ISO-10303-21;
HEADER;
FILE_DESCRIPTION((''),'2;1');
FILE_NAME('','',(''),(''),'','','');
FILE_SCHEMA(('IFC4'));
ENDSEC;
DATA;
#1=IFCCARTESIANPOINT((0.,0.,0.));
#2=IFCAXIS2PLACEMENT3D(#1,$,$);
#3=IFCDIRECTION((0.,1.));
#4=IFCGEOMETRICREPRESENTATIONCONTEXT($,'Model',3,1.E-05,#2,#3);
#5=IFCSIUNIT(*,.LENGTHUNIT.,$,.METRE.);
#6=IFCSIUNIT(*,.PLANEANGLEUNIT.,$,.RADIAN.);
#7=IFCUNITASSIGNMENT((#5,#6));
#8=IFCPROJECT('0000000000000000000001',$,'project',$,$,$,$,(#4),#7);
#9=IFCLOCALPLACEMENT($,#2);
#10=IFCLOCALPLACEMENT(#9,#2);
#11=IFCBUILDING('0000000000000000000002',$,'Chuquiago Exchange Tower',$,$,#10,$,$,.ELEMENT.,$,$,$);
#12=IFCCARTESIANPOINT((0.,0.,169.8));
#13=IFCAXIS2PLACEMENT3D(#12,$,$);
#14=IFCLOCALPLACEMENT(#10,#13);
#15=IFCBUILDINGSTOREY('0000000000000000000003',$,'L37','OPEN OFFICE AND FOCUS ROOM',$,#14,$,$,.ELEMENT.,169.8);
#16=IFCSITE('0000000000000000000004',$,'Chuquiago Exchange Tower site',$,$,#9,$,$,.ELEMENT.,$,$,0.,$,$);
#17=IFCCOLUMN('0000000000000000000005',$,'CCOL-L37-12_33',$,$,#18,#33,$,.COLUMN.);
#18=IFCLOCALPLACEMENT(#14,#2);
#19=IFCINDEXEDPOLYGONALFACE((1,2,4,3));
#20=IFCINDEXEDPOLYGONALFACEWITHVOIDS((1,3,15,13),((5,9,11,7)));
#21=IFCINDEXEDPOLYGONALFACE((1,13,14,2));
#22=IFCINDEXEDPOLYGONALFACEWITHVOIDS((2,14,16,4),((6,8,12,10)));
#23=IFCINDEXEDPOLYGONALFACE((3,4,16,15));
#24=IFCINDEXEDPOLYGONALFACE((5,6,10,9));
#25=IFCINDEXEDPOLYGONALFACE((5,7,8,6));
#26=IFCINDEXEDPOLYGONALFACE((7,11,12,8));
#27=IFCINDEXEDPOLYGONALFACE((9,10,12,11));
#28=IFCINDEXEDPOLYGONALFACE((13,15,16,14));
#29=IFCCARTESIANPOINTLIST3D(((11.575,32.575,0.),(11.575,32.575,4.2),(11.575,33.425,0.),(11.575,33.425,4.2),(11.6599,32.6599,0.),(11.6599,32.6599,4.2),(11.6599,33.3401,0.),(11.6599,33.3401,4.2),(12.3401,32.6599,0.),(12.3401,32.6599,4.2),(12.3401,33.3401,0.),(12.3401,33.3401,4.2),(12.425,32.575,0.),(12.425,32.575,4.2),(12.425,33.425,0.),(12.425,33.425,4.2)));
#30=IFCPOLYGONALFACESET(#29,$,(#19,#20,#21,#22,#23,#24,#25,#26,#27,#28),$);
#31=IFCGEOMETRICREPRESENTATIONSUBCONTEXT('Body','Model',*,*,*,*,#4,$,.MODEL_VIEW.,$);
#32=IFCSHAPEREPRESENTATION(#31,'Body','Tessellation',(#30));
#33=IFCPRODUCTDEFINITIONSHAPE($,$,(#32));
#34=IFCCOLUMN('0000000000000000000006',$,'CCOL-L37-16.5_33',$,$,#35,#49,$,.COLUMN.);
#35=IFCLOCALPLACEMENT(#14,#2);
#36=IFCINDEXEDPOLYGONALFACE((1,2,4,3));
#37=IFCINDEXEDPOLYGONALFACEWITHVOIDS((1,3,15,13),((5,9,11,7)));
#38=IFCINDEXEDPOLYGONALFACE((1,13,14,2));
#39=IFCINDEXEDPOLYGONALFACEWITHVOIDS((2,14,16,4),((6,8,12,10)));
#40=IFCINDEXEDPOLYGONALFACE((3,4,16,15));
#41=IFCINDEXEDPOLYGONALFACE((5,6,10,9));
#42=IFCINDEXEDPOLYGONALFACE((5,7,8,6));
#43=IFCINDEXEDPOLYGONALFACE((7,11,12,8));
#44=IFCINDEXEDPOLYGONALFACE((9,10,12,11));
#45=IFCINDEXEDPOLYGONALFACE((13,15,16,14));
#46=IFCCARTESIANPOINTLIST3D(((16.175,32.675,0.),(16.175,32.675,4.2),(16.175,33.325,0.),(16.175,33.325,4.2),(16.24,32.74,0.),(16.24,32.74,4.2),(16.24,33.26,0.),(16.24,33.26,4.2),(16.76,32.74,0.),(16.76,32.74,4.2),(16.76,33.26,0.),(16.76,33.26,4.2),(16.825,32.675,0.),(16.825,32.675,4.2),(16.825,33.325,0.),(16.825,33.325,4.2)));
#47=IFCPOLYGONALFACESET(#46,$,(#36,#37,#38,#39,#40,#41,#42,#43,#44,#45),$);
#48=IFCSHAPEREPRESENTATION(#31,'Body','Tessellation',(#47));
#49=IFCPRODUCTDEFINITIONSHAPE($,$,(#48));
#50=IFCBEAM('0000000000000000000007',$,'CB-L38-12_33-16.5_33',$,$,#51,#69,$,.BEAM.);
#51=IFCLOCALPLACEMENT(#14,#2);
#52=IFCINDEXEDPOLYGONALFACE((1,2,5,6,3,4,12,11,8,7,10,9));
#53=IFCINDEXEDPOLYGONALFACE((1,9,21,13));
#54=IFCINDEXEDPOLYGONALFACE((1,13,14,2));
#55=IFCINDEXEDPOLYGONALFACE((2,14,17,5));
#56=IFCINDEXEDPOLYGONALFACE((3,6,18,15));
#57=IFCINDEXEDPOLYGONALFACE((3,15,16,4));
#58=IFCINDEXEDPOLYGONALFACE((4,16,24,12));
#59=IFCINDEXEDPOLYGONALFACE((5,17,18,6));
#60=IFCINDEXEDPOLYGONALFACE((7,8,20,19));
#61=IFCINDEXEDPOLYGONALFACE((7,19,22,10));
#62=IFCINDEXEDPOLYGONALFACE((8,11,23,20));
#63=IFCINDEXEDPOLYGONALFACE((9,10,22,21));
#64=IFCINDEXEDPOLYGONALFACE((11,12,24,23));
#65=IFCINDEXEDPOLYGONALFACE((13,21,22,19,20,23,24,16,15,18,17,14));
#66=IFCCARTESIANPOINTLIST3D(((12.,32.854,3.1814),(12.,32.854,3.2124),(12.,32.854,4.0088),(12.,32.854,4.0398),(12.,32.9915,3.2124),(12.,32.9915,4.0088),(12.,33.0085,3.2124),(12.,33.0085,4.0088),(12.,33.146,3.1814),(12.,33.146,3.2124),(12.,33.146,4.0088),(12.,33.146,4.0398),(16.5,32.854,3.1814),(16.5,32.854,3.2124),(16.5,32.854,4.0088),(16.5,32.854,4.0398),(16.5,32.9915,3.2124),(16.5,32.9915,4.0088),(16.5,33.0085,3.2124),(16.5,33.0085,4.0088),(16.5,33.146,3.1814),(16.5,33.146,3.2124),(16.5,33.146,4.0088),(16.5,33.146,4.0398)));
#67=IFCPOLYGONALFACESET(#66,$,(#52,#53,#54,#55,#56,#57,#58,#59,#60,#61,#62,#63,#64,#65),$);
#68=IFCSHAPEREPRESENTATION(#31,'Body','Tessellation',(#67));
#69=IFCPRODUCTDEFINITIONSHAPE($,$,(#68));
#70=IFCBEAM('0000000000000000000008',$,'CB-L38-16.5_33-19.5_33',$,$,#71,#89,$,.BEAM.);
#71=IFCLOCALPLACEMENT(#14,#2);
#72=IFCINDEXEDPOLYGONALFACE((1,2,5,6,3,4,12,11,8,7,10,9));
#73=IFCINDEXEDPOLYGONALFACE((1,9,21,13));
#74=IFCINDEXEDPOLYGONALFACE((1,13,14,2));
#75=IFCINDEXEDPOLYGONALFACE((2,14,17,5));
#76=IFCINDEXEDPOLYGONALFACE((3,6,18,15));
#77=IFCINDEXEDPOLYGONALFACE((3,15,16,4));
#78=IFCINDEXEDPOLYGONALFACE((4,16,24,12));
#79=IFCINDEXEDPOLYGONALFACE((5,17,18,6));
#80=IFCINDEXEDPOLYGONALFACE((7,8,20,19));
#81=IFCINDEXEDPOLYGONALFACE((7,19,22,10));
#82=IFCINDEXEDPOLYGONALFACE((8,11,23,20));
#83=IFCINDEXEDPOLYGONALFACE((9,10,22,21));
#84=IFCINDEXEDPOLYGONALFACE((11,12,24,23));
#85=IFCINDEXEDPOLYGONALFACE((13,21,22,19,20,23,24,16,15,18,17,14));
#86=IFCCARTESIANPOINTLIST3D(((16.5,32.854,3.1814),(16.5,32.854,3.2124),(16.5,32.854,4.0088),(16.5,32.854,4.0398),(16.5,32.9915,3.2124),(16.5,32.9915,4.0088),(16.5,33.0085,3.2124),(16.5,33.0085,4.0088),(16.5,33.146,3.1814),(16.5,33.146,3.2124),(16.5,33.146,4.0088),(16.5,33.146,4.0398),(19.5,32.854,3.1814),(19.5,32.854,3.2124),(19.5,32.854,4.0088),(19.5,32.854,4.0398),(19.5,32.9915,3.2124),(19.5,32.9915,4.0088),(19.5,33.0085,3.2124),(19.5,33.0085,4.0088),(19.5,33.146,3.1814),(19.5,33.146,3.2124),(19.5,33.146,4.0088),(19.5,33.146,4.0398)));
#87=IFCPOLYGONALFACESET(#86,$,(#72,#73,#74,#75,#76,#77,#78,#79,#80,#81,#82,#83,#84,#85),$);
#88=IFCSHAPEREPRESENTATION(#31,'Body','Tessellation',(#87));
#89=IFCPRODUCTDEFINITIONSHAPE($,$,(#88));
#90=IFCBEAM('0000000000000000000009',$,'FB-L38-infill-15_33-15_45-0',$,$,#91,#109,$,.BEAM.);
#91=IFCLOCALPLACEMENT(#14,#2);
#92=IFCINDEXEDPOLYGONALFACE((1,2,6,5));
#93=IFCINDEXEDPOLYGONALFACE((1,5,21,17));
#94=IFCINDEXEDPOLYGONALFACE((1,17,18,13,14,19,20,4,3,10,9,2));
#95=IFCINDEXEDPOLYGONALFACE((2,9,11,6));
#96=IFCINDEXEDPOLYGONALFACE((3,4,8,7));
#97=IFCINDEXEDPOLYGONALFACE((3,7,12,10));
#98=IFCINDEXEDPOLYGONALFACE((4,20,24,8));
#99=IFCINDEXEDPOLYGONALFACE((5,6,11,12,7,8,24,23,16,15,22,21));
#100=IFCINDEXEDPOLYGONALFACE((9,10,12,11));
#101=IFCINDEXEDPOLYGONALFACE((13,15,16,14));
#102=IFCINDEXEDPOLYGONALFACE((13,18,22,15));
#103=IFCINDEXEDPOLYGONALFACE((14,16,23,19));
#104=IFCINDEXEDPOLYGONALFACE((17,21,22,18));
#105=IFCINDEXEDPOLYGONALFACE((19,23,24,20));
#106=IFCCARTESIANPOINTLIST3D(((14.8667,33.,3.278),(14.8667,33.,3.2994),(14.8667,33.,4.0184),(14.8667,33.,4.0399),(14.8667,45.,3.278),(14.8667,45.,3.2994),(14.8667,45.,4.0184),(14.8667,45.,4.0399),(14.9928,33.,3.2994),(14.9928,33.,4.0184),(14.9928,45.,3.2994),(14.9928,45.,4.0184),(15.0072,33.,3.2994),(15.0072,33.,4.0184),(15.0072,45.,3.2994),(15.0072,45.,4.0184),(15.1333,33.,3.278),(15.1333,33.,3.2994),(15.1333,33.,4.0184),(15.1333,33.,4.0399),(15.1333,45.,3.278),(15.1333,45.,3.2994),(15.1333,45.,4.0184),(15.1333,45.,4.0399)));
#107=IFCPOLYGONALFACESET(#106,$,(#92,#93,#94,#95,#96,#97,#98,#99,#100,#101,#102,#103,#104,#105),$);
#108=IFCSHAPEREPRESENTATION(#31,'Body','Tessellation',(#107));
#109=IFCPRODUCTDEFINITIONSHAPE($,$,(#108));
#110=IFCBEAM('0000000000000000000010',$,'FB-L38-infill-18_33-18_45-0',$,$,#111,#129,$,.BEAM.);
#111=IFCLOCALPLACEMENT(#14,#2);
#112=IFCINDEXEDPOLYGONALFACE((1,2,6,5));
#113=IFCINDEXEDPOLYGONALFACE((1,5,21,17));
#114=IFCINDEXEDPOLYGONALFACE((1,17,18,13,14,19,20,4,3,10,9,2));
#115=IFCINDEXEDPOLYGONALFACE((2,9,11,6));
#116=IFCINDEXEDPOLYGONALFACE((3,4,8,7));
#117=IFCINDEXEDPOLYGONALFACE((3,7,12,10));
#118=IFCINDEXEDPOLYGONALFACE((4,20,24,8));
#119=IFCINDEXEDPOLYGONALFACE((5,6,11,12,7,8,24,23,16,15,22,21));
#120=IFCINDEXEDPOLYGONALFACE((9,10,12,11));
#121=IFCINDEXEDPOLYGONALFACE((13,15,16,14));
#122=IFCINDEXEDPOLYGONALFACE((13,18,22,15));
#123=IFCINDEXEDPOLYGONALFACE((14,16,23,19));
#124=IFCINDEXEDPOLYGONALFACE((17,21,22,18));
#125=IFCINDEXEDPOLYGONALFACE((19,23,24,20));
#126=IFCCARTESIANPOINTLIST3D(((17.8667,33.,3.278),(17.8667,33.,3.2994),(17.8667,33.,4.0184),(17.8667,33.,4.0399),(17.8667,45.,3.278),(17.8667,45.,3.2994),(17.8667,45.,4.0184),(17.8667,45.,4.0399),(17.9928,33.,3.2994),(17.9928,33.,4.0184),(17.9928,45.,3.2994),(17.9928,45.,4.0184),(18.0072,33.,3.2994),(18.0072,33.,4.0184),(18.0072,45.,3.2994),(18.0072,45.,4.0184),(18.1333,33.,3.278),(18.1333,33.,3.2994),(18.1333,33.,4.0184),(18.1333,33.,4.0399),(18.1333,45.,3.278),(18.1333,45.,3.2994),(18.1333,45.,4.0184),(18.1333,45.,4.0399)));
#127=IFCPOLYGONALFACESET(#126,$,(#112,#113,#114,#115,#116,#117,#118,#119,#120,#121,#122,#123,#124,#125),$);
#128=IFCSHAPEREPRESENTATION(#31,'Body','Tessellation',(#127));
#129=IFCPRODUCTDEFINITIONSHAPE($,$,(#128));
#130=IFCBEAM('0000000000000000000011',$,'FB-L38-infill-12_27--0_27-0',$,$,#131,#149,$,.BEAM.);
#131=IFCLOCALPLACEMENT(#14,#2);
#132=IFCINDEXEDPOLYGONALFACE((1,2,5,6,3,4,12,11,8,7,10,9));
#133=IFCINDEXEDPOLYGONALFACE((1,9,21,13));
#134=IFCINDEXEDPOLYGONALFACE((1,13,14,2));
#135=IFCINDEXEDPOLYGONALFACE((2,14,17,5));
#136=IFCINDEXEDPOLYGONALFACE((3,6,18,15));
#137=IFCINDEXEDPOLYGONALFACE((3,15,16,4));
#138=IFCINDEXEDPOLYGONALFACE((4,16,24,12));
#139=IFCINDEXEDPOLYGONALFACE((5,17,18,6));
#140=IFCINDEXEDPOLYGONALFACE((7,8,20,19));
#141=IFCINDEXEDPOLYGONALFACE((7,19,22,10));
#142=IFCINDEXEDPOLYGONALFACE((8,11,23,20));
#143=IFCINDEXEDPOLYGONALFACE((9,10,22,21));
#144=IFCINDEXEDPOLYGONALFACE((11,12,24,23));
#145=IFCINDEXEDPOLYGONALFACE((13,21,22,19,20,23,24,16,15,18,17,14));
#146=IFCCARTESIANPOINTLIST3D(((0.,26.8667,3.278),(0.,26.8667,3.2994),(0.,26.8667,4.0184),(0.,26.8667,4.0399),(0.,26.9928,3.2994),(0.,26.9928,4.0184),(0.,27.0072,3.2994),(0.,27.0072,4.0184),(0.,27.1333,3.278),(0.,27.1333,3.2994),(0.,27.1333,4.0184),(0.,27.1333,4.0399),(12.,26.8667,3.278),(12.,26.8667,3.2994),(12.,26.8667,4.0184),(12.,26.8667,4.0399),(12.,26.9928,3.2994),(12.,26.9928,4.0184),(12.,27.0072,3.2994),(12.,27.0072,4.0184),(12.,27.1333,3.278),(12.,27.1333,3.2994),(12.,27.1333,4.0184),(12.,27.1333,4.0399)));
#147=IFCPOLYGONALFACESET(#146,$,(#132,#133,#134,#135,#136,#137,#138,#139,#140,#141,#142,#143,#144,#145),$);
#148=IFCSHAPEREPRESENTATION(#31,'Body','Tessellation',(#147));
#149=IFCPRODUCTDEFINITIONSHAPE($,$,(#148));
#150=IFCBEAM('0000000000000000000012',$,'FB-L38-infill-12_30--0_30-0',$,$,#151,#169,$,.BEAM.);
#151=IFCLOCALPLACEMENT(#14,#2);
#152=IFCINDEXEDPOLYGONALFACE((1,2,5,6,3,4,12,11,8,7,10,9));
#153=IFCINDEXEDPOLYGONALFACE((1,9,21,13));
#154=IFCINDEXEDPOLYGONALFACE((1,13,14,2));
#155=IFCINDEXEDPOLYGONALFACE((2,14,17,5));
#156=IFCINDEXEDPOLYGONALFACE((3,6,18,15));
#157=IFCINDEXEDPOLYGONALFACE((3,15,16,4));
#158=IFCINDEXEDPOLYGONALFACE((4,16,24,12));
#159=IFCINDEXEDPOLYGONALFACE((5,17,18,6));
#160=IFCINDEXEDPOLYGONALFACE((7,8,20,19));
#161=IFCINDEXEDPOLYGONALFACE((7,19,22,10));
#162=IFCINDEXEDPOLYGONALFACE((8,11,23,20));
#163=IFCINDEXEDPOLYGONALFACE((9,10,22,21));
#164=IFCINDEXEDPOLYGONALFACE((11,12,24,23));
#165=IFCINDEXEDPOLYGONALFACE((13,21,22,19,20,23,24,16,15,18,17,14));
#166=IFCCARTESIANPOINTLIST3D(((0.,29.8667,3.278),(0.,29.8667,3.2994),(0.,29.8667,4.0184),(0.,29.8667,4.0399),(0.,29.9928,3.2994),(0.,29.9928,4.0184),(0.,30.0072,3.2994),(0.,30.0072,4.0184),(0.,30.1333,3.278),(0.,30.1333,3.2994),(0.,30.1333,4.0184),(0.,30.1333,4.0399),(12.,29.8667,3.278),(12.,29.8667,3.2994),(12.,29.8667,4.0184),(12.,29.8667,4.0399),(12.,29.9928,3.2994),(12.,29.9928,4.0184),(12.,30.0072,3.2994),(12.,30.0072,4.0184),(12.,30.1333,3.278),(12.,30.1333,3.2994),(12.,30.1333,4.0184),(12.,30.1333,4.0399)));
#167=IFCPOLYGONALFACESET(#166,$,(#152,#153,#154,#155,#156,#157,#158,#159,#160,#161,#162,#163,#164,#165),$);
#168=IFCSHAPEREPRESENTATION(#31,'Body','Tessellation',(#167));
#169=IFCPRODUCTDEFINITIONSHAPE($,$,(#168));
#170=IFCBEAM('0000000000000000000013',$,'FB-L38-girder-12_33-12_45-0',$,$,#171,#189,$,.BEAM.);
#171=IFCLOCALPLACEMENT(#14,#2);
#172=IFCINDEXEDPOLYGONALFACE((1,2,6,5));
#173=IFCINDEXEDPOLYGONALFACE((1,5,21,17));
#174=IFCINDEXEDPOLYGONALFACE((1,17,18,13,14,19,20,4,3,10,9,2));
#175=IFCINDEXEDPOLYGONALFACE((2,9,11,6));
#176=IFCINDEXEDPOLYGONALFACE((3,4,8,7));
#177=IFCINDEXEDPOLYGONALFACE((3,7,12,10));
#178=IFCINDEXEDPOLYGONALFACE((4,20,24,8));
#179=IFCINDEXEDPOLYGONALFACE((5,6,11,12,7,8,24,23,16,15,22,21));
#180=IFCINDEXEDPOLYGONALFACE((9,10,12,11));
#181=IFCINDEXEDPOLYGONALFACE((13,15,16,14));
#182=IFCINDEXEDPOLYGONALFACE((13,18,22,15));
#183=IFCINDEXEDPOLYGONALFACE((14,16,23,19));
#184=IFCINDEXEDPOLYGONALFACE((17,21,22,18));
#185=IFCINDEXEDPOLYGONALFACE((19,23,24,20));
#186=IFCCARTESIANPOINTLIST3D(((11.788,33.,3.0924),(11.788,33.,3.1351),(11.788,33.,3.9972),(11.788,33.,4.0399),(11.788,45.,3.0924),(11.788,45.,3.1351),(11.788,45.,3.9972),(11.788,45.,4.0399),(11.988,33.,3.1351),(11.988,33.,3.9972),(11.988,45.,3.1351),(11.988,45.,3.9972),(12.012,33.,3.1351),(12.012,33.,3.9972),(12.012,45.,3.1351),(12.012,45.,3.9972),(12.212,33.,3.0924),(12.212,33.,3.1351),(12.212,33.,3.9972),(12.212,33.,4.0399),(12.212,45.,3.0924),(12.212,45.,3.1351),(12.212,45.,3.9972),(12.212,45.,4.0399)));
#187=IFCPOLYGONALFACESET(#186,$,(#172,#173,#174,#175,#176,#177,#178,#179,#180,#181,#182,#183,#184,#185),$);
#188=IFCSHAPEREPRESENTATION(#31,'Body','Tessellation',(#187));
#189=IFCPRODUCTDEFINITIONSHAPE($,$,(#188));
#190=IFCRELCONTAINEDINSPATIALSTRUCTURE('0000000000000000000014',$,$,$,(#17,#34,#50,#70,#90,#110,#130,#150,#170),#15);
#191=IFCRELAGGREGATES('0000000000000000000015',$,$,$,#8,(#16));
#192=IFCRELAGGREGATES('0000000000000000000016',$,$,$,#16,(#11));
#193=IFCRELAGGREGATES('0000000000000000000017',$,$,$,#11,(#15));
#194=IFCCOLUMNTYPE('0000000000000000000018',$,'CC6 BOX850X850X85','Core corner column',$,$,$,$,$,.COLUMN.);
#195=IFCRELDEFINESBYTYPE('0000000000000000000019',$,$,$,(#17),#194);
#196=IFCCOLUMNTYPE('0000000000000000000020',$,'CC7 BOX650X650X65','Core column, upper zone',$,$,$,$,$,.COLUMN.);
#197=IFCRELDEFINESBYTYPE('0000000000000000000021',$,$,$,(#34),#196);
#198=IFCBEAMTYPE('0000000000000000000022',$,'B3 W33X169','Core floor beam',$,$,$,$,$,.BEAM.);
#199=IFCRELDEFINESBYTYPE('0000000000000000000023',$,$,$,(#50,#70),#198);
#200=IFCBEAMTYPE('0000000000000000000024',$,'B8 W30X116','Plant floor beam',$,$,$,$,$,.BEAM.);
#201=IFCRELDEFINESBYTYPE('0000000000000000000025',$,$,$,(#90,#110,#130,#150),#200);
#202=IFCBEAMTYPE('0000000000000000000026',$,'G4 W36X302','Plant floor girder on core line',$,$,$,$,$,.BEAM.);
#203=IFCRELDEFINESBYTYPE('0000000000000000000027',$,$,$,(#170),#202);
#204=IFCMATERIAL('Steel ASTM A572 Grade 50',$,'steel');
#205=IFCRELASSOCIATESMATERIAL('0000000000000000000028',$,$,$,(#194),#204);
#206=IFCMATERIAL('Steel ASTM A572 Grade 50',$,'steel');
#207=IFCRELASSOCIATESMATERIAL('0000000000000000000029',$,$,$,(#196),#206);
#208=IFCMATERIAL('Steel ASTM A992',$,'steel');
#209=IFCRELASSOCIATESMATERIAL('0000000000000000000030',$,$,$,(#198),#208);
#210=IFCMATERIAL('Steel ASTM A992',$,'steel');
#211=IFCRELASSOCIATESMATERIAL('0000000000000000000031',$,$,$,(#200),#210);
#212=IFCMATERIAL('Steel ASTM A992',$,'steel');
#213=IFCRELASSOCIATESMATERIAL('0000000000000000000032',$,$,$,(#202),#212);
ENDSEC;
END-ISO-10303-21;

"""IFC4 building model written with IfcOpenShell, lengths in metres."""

from ifc_helpers import new_model, si_unit, direction, frame, origin, origin_2d, place, context, subcontext, project, spatial, hollow_rectangle, i_section, extrude, material, material_profile, profile_set, type_object, element, save


model = new_model("IFC4")

# Units and contexts
model_context = context("Model", 3, precision=1e-05, world=origin(), true_north=direction((0.0, 1.0)))
body_context = subcontext(model_context, "Body", "Model", "MODEL_VIEW")
ifc_project = project(units=[si_unit("LENGTHUNIT", "METRE"), si_unit("PLANEANGLEUNIT", "RADIAN")], contexts=[model_context])

# Site, building, storey
site_placement = place(None, origin())
site = spatial("IfcSite", under=ifc_project, at=site_placement, Name="Chuquiago Exchange Tower site", CompositionType="ELEMENT", RefElevation=0.0)
building_placement = place(site_placement, origin())
building = spatial("IfcBuilding", under=site, at=building_placement, Name="Chuquiago Exchange Tower", CompositionType="ELEMENT")
storey_placement = place(building_placement, frame((0.0, 0.0, 169.8)))
storey = spatial("IfcBuildingStorey", under=building, at=storey_placement, Name="L37", Description="OPEN OFFICE AND FOCUS ROOM", CompositionType="ELEMENT", Elevation=169.8)

# Columns
ifc_material_1 = material(Name="Steel ASTM A572 Grade 50", Category="steel")
ifc_material_profile_1 = material_profile(ifc_material_1, hollow_rectangle(XDim=0.8501, YDim=0.8501, WallThickness=0.085, at=origin_2d()), Name="BOX850X850X85")
ifc_profile_set_1 = profile_set([ifc_material_profile_1], Name="Steel ASTM A572 Grade 50")
column_type_1 = type_object("IfcColumnType", Name="CC6 BOX850X850X85", Description="Core corner column", PredefinedType="COLUMN", material=ifc_profile_set_1)
column_1_placement = place(storey_placement, frame((12.0, 33.0, 0.0), z_axis=(0.0, 0.0, 1.0), x_axis=(1.0, 0.0, 0.0)))
element("IfcColumn", 1, at=column_1_placement, inside=storey, type_object=column_type_1, Name="CCOL-L37-12_33", PredefinedType="COLUMN", context=body_context, shape_type="SweptSolid", body=[
    extrude(hollow_rectangle(XDim=0.8501, YDim=0.8501, WallThickness=0.085, at=origin_2d()), origin(), (0.0, 0.0, 1.0), 4.2),
])
ifc_material_2 = material(Name="Steel ASTM A572 Grade 50", Category="steel")
ifc_material_profile_2 = material_profile(ifc_material_2, hollow_rectangle(XDim=0.6499, YDim=0.6499, WallThickness=0.0649, at=origin_2d()), Name="BOX650X650X65")
ifc_profile_set_2 = profile_set([ifc_material_profile_2], Name="Steel ASTM A572 Grade 50")
column_type_2 = type_object("IfcColumnType", Name="CC7 BOX650X650X65", Description="Core column, upper zone", PredefinedType="COLUMN", material=ifc_profile_set_2)
column_2_placement = place(storey_placement, frame((16.5, 33.0, 0.0), z_axis=(0.0, 0.0, 1.0), x_axis=(1.0, 0.0, 0.0)))
element("IfcColumn", 2, at=column_2_placement, inside=storey, type_object=column_type_2, Name="CCOL-L37-16.5_33", PredefinedType="COLUMN", context=body_context, shape_type="SweptSolid", body=[
    extrude(hollow_rectangle(XDim=0.6499, YDim=0.6499, WallThickness=0.0649, at=origin_2d()), origin(), (0.0, 0.0, 1.0), 4.2),
])

# Beams
ifc_material_3 = material(Name="Steel ASTM A992", Category="steel")
ifc_material_profile_3 = material_profile(ifc_material_3, i_section(OverallWidth=0.292, OverallDepth=0.8584, WebThickness=0.0171, FlangeThickness=0.031, at=origin_2d()), Name="W33X169")
ifc_profile_set_3 = profile_set([ifc_material_profile_3], Name="Steel ASTM A992")
beam_type_1 = type_object("IfcBeamType", Name="B3 W33X169", Description="Core floor beam", PredefinedType="BEAM", material=ifc_profile_set_3)
beam_1_placement = place(storey_placement, frame((12.0, 33.0, 3.6106), z_axis=(1.0, 0.0, 0.0), x_axis=(0.0, 1.0, 0.0)))
element("IfcBeam", 3, at=beam_1_placement, inside=storey, type_object=beam_type_1, Name="CB-L38-12_33-16.5_33", PredefinedType="BEAM", context=body_context, shape_type="SweptSolid", body=[
    extrude(i_section(OverallWidth=0.292, OverallDepth=0.8584, WebThickness=0.0171, FlangeThickness=0.031, at=origin_2d()), origin(), (0.0, 0.0, 1.0), 4.5),
])
beam_2_placement = place(storey_placement, frame((16.5, 33.0, 3.6106), z_axis=(1.0, 0.0, 0.0), x_axis=(0.0, 1.0, 0.0)))
element("IfcBeam", 4, at=beam_2_placement, inside=storey, type_object=beam_type_1, Name="CB-L38-16.5_33-19.5_33", PredefinedType="BEAM", context=body_context, shape_type="SweptSolid", body=[
    extrude(i_section(OverallWidth=0.292, OverallDepth=0.8584, WebThickness=0.0171, FlangeThickness=0.031, at=origin_2d()), origin(), (0.0, 0.0, 1.0), 3.0),
])
ifc_material_4 = material(Name="Steel ASTM A992", Category="steel")
ifc_material_profile_4 = material_profile(ifc_material_4, i_section(OverallWidth=0.2666, OverallDepth=0.762, WebThickness=0.0144, FlangeThickness=0.0215, at=origin_2d()), Name="W30X116")
ifc_profile_set_4 = profile_set([ifc_material_profile_4], Name="Steel ASTM A992")
beam_type_2 = type_object("IfcBeamType", Name="B8 W30X116", Description="Plant floor beam", PredefinedType="BEAM", material=ifc_profile_set_4)
for number, where, z_axis, x_axis, name in (
    (5, (15.0, 33.0, 3.6589), (0.0, 1.0, 0.0), (-1.0, 0.0, 0.0), "FB-L38-infill-15_33-15_45-0"),
    (6, (18.0, 33.0, 3.6589), (0.0, 1.0, 0.0), (-1.0, 0.0, 0.0), "FB-L38-infill-18_33-18_45-0"),
    (7, (12.0, 27.0, 3.6589), (-1.0, 0.0, 0.0), (0.0, -1.0, 0.0), "FB-L38-infill-12_27--0_27-0"),
    (8, (12.0, 30.0, 3.6589), (-1.0, 0.0, 0.0), (0.0, -1.0, 0.0), "FB-L38-infill-12_30--0_30-0"),
):
    element("IfcBeam", number, at=place(storey_placement, frame(where, z_axis=z_axis, x_axis=x_axis)), inside=storey, type_object=beam_type_2, Name=name, PredefinedType="BEAM", context=body_context, shape_type="SweptSolid", body=[
        extrude(i_section(OverallWidth=0.2666, OverallDepth=0.762, WebThickness=0.0144, FlangeThickness=0.0215, at=origin_2d()), origin(), (0.0, 0.0, 1.0), 12.0),
    ])
ifc_material_5 = material(Name="Steel ASTM A992", Category="steel")
ifc_material_profile_5 = material_profile(ifc_material_5, i_section(OverallWidth=0.4241, OverallDepth=0.9475, WebThickness=0.0239, FlangeThickness=0.0427, at=origin_2d()), Name="W36X302")
ifc_profile_set_5 = profile_set([ifc_material_profile_5], Name="Steel ASTM A992")
beam_type_3 = type_object("IfcBeamType", Name="G4 W36X302", Description="Plant floor girder on core line", PredefinedType="BEAM", material=ifc_profile_set_5)
for number, where, z_axis, x_axis, name in (
    (9, (12.0, 33.0, 3.5662), (0.0, 1.0, 0.0), (-1.0, 0.0, 0.0), "FB-L38-girder-12_33-12_45-0"),
):
    element("IfcBeam", number, at=place(storey_placement, frame(where, z_axis=z_axis, x_axis=x_axis)), inside=storey, type_object=beam_type_3, Name=name, PredefinedType="BEAM", context=body_context, shape_type="SweptSolid", body=[
        extrude(i_section(OverallWidth=0.4241, OverallDepth=0.9475, WebThickness=0.0239, FlangeThickness=0.0427, at=origin_2d()), origin(), (0.0, 0.0, 1.0), 12.0),
    ])

save(model, "model.ifc")
